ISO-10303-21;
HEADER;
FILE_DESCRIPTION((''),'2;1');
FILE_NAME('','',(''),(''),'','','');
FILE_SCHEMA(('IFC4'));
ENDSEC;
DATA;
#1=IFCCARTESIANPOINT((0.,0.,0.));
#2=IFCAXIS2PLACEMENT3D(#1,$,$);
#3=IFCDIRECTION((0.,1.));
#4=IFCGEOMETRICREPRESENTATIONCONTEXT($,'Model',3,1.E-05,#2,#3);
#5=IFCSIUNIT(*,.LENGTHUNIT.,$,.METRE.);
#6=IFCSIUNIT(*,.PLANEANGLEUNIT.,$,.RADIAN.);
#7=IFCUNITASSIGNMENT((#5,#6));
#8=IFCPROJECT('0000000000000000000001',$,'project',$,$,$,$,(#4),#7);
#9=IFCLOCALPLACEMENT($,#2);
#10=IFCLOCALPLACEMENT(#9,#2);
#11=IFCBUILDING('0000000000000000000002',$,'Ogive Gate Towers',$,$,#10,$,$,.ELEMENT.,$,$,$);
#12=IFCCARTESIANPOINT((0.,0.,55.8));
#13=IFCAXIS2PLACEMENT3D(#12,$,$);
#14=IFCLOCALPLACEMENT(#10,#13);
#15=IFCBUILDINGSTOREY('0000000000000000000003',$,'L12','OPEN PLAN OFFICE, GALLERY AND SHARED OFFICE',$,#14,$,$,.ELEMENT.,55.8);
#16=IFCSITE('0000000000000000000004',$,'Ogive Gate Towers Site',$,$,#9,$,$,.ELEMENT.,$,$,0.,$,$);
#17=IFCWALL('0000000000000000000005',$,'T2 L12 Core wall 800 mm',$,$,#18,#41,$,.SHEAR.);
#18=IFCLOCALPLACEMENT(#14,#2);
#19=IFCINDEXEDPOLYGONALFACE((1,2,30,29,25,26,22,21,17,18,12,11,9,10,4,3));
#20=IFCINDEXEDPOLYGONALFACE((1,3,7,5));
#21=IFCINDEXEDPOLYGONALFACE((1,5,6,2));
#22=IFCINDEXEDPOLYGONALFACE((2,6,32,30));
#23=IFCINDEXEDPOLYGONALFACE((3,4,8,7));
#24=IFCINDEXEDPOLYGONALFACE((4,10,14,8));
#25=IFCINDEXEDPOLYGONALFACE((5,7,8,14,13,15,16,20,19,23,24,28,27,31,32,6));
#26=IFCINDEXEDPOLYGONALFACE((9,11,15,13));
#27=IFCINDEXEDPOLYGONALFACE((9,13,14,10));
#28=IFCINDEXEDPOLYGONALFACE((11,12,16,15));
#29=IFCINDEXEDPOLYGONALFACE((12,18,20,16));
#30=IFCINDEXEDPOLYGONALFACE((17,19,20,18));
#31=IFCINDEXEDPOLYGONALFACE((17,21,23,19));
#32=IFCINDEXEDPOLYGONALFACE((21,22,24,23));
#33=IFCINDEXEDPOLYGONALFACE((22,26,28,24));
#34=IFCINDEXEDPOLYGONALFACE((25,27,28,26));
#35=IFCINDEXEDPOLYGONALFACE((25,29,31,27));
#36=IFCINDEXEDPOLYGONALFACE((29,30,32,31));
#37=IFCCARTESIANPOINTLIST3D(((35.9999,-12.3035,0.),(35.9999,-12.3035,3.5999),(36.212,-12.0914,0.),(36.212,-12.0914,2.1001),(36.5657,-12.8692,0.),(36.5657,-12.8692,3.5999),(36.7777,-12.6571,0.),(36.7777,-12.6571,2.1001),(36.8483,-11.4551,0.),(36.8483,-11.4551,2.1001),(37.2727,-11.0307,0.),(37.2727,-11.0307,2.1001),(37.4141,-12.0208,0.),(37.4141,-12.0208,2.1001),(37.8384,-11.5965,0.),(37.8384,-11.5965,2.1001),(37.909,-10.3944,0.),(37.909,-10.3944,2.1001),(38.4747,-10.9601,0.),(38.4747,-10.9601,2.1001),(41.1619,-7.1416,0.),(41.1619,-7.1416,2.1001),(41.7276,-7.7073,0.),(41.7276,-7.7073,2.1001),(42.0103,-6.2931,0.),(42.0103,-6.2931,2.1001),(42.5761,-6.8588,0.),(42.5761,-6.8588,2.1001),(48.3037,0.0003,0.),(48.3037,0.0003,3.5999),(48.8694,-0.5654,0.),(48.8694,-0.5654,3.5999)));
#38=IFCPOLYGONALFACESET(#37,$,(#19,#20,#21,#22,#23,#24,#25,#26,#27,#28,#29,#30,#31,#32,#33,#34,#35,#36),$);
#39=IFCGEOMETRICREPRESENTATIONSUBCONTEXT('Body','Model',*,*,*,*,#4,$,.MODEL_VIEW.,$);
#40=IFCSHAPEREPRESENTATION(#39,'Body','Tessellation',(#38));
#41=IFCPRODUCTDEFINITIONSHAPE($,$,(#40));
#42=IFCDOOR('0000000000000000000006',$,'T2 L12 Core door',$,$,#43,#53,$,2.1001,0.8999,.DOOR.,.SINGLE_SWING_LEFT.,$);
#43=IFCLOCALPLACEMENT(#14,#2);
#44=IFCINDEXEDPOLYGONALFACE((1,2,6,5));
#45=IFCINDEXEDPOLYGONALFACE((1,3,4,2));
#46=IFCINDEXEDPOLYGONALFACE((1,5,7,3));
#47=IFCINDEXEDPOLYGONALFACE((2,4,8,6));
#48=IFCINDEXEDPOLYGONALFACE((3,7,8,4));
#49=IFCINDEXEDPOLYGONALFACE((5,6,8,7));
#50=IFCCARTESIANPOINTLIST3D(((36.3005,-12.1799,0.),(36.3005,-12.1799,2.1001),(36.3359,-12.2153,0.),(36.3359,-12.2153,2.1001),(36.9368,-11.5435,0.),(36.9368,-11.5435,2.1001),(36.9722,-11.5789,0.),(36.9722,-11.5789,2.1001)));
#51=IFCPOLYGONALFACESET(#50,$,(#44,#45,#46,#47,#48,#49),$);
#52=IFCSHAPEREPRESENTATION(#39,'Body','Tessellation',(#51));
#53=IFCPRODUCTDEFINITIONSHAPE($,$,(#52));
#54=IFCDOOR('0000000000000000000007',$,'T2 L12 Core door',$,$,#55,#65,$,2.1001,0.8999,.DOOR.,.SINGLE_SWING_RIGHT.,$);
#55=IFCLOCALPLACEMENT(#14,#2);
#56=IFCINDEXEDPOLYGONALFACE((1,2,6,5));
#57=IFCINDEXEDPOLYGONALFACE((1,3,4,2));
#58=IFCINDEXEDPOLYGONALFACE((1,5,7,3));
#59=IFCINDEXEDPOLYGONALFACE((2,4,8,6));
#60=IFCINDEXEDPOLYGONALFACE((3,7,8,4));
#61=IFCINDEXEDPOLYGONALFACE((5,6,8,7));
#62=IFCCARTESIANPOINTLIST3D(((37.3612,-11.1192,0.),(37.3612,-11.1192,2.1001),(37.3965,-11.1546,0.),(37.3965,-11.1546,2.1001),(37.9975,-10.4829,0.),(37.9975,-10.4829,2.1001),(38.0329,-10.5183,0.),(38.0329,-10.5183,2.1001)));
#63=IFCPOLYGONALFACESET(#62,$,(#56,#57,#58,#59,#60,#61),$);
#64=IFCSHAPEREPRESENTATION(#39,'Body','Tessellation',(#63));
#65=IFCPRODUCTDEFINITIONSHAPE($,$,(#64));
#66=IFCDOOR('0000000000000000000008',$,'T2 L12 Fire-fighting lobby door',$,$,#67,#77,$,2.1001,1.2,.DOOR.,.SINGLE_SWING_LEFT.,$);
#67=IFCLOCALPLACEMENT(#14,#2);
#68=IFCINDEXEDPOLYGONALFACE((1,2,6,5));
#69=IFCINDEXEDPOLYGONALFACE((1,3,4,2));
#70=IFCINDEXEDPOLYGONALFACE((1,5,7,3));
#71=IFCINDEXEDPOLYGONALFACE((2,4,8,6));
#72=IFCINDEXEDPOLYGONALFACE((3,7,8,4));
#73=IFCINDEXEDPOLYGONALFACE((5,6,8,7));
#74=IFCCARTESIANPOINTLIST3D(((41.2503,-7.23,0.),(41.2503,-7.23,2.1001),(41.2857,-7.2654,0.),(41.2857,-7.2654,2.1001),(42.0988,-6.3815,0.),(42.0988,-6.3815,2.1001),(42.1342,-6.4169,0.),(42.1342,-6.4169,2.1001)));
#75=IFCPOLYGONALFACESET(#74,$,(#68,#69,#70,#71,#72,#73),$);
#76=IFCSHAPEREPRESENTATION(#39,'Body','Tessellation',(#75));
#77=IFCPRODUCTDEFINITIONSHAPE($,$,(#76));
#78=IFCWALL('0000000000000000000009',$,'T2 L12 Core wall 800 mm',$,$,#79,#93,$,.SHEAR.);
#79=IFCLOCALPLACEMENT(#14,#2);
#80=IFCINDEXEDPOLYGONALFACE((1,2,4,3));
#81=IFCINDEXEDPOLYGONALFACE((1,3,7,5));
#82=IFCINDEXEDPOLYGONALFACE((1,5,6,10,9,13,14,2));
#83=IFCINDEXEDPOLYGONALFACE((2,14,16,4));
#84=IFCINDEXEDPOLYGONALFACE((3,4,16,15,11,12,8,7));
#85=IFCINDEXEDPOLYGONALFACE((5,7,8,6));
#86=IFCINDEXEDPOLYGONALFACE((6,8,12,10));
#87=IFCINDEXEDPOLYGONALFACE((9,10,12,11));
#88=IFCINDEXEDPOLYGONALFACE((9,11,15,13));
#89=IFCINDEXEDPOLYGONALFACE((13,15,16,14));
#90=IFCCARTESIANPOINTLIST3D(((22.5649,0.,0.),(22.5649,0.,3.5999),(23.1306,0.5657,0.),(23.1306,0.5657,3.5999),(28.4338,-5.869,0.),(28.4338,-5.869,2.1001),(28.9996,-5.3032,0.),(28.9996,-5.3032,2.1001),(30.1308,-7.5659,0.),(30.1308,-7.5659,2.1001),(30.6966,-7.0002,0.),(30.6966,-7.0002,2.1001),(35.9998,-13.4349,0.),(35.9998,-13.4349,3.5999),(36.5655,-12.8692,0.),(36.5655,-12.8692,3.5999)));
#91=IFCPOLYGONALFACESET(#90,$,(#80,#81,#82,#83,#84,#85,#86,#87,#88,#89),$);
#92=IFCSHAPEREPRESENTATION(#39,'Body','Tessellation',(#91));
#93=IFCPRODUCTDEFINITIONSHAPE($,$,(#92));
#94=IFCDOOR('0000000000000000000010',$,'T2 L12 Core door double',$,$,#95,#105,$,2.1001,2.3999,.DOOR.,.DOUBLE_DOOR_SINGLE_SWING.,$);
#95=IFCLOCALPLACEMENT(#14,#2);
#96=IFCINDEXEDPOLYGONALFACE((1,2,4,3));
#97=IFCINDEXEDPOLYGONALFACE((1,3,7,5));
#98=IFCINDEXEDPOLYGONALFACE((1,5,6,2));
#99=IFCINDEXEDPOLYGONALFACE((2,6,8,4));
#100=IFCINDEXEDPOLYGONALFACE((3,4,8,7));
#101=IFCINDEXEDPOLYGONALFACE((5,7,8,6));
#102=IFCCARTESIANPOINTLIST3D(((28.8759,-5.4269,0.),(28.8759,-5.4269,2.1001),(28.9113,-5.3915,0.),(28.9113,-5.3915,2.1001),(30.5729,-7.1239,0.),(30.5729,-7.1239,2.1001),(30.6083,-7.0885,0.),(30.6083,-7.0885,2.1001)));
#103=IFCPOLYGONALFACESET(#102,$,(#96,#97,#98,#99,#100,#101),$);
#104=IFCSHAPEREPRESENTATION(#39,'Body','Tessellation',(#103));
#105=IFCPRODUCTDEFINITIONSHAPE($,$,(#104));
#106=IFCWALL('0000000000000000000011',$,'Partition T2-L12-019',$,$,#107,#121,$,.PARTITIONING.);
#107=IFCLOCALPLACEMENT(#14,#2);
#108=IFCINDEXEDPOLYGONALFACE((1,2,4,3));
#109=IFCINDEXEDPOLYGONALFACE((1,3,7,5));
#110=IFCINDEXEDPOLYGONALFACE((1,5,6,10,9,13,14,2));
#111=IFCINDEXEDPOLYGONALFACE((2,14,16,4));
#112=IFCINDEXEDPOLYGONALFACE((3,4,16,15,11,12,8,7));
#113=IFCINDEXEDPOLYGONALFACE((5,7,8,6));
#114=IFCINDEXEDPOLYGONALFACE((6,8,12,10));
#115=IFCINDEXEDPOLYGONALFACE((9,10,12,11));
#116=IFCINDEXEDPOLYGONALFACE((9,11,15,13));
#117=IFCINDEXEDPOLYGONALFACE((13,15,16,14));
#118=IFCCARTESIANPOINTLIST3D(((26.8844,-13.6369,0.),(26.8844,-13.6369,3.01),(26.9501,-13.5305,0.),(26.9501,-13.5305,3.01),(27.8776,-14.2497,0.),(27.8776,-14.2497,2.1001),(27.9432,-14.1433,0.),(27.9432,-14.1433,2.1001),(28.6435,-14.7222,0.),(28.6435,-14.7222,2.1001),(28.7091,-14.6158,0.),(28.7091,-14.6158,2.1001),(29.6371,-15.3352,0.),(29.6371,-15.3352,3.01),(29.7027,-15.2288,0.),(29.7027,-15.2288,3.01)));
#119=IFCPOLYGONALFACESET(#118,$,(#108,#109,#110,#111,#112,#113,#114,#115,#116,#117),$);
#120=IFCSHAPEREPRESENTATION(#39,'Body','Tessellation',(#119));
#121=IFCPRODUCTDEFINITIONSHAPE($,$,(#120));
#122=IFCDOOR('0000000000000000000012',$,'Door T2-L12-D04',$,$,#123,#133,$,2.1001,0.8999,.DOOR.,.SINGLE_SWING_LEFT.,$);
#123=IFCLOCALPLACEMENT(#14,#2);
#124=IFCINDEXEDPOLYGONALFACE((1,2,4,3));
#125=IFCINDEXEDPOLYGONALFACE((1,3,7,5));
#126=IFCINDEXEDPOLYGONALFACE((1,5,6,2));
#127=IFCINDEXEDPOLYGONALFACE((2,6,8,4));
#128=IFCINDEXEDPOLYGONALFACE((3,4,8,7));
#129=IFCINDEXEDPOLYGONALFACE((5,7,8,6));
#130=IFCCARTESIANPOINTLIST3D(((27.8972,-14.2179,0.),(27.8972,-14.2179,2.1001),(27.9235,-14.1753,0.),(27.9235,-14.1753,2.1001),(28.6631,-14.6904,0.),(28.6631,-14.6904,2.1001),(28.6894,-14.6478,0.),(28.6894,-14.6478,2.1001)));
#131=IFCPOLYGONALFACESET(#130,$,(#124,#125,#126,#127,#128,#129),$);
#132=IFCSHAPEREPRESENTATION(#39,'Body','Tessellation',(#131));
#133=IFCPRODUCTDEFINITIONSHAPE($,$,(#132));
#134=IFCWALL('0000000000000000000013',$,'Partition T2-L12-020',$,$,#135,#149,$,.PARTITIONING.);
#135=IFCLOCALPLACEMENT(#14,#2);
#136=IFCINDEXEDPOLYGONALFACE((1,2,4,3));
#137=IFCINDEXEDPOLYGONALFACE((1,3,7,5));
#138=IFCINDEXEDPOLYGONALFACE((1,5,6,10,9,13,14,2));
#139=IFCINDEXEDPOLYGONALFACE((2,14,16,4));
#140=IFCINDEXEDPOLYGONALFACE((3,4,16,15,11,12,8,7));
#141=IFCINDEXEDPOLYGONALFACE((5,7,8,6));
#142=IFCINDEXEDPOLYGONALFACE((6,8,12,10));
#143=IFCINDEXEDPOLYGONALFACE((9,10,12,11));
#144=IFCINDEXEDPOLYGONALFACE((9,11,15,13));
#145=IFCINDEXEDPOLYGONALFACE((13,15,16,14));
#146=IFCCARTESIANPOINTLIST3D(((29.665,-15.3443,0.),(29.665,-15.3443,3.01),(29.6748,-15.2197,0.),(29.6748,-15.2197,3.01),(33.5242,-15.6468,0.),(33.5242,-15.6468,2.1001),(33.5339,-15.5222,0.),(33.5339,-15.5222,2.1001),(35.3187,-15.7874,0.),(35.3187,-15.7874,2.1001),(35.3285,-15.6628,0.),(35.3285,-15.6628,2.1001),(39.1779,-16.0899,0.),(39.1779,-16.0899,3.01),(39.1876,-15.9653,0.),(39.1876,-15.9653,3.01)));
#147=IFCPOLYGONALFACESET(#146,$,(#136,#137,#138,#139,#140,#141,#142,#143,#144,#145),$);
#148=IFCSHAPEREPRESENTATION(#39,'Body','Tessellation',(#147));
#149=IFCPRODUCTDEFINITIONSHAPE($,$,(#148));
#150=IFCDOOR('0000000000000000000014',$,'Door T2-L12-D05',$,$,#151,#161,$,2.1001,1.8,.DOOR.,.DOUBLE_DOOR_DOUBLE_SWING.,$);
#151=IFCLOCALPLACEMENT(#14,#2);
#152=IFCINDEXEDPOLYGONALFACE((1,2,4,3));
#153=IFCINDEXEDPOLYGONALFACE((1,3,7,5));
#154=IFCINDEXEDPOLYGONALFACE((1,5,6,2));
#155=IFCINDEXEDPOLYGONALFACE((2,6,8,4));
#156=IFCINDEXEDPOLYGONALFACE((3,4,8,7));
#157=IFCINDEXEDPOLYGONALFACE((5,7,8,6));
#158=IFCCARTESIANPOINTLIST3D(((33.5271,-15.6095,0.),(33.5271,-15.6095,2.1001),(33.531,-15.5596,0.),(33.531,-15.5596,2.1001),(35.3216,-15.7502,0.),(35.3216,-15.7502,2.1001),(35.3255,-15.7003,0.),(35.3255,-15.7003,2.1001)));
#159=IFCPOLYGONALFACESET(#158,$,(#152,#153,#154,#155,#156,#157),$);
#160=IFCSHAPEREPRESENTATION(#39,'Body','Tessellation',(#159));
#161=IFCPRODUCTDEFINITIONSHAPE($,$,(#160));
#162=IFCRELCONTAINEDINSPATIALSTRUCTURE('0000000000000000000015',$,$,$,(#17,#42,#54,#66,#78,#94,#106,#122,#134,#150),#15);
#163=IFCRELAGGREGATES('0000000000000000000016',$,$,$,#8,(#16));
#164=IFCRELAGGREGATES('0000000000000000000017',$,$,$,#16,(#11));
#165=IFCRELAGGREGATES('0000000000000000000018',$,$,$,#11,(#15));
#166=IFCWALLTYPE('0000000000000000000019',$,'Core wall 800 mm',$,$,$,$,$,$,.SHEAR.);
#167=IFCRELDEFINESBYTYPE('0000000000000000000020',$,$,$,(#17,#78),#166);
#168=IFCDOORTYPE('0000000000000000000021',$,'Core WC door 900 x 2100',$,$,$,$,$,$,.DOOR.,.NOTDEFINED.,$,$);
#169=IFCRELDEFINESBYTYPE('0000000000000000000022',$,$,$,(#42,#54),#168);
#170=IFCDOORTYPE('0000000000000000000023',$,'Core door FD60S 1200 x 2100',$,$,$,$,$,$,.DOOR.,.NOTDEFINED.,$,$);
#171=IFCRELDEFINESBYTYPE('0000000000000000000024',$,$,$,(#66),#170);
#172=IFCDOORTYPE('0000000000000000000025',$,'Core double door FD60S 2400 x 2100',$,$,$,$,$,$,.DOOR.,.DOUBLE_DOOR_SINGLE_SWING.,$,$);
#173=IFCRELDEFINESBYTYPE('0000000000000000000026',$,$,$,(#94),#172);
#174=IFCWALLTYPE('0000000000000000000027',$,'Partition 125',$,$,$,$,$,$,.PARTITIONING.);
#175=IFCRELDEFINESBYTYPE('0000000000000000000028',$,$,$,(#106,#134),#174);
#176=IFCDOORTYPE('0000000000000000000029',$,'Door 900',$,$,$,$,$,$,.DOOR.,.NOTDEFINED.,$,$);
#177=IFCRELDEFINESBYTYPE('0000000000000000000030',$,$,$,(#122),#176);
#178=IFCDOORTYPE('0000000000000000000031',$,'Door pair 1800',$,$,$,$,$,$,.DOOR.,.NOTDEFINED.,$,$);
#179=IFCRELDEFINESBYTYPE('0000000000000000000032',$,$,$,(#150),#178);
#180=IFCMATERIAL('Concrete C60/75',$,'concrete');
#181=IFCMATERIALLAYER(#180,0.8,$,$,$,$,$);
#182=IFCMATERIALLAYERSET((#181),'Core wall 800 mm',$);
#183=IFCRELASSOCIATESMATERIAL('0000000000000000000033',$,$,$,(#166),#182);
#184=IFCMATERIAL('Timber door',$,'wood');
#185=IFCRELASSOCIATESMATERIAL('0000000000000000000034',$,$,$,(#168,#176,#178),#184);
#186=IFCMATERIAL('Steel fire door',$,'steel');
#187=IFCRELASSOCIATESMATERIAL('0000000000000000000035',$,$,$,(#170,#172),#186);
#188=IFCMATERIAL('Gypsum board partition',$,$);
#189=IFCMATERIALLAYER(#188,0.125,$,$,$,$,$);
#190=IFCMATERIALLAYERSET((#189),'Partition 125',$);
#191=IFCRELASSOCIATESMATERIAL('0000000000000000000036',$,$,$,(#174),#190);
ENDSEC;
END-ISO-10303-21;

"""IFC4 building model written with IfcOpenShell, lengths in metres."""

from ifc_helpers import new_model, si_unit, direction, frame, frame_2d, origin, place, context, subcontext, project, spatial, rectangle, extrude, material, layer, layer_set, type_object, element, fill, save


model = new_model("IFC4")

# Units and contexts
model_context = context("Model", 3, precision=1e-05, world=origin(), true_north=direction((0.0, 1.0)))
body_context = subcontext(model_context, "Body", "Model", "MODEL_VIEW")
ifc_project = project(units=[si_unit("LENGTHUNIT", "METRE"), si_unit("PLANEANGLEUNIT", "RADIAN")], contexts=[model_context])

# Site, building, storey
site_placement = place(None, origin())
site = spatial("IfcSite", under=ifc_project, at=site_placement, Name="Ogive Gate Towers Site", CompositionType="ELEMENT", RefElevation=0.0)
building_placement = place(site_placement, origin())
building = spatial("IfcBuilding", under=site, at=building_placement, Name="Ogive Gate Towers", CompositionType="ELEMENT")
storey_placement = place(building_placement, frame((0.0, 0.0, 55.8)))
storey = spatial("IfcBuildingStorey", under=building, at=storey_placement, Name="L12", Description="OPEN PLAN OFFICE, GALLERY AND SHARED OFFICE", CompositionType="ELEMENT", Elevation=55.8)

# Wall, openings, doors
ifc_material_1 = material(Name="Concrete C60/75", Category="concrete")
ifc_layer_1 = layer(ifc_material_1, 0.8)
ifc_layer_set_1 = layer_set([ifc_layer_1], Name="Core wall 800 mm")
wall_type_1 = type_object("IfcWallType", Name="Core wall 800 mm", PredefinedType="SHEAR", material=ifc_layer_set_1)
wall_1_placement = place(storey_placement, frame((36.2827, -12.5864, 0.0), z_axis=(0.0, 0.0, 1.0), x_axis=(0.707107, 0.707107, 0.0)))
wall_1 = element("IfcWall", 1, at=wall_1_placement, inside=storey, type_object=wall_type_1, Name="T2 L12 Core wall 800 mm", PredefinedType="SHEAR", context=body_context, shape_type="SweptSolid", body=[
    extrude(rectangle(XDim=17.4001, YDim=0.8, at=frame_2d((8.7002, 0.0))), origin(), (0.0, 0.0, 1.0), 3.5999),
])
opening_1_placement = place(wall_1_placement, frame((7.3, 0.0, 0.0)))
opening_1 = element("IfcOpeningElement", 2, at=opening_1_placement, cuts=wall_1, PredefinedType="OPENING", context=body_context, shape_type="SweptSolid", body=[
    extrude(rectangle(XDim=1.2, YDim=2.1001, at=frame_2d((0.6001, 1.05))), frame((0.0, 0.4102, 0.0), z_axis=(0.0, -1.0, 0.0), x_axis=(1.0, 0.0, 0.0)), (0.0, 0.0, 1.0), 0.8201),
])
opening_2_placement = place(wall_1_placement, frame((0.3, 0.0, 0.0)))
opening_2 = element("IfcOpeningElement", 3, at=opening_2_placement, cuts=wall_1, PredefinedType="OPENING", context=body_context, shape_type="SweptSolid", body=[
    extrude(rectangle(XDim=0.8999, YDim=2.1001, at=frame_2d((0.45, 1.05))), frame((0.0, 0.4102, 0.0), z_axis=(0.0, -1.0, 0.0), x_axis=(1.0, 0.0, 0.0)), (0.0, 0.0, 1.0), 0.8201),
])
opening_3_placement = place(wall_1_placement, frame((1.8, 0.0, 0.0)))
opening_3 = element("IfcOpeningElement", 4, at=opening_3_placement, cuts=wall_1, PredefinedType="OPENING", context=body_context, shape_type="SweptSolid", body=[
    extrude(rectangle(XDim=0.8999, YDim=2.1001, at=frame_2d((0.45, 1.05))), frame((0.0, 0.4102, 0.0), z_axis=(0.0, -1.0, 0.0), x_axis=(1.0, 0.0, 0.0)), (0.0, 0.0, 1.0), 0.8201),
])
ifc_material_2 = material(Name="Timber door", Category="wood")
door_type_1 = type_object("IfcDoorType", Name="Core WC door 900 x 2100", OperationType="NOTDEFINED", PredefinedType="DOOR", material=ifc_material_2)
door_1_placement = place(opening_2_placement, origin())
door_1 = element("IfcDoor", 5, at=door_1_placement, inside=storey, type_object=door_type_1, Name="T2 L12 Core door", OperationType="SINGLE_SWING_LEFT", OverallHeight=2.1001, OverallWidth=0.8999, PredefinedType="DOOR", context=body_context, shape_type="SweptSolid", body=[
    extrude(rectangle(XDim=0.8999, YDim=2.1001, at=frame_2d((0.45, 1.05))), frame((0.0, 0.2749, 0.0), z_axis=(0.0, -1.0, 0.0), x_axis=(1.0, 0.0, 0.0)), (0.0, 0.0, 1.0), 0.05),
])
fill(opening_2, door_1)
door_2_placement = place(opening_3_placement, origin())
door_2 = element("IfcDoor", 6, at=door_2_placement, inside=storey, type_object=door_type_1, Name="T2 L12 Core door", OperationType="SINGLE_SWING_RIGHT", OverallHeight=2.1001, OverallWidth=0.8999, PredefinedType="DOOR", context=body_context, shape_type="SweptSolid", body=[
    extrude(rectangle(XDim=0.8999, YDim=2.1001, at=frame_2d((0.45, 1.05))), frame((0.0, 0.2749, 0.0), z_axis=(0.0, -1.0, 0.0), x_axis=(1.0, 0.0, 0.0)), (0.0, 0.0, 1.0), 0.05),
])
fill(opening_3, door_2)
ifc_material_3 = material(Name="Steel fire door", Category="steel")
door_type_2 = type_object("IfcDoorType", Name="Core door FD60S 1200 x 2100", OperationType="NOTDEFINED", PredefinedType="DOOR", material=ifc_material_3)
door_3_placement = place(opening_1_placement, origin())
door_3 = element("IfcDoor", 7, at=door_3_placement, inside=storey, type_object=door_type_2, Name="T2 L12 Fire-fighting lobby door", OperationType="SINGLE_SWING_LEFT", OverallHeight=2.1001, OverallWidth=1.2, PredefinedType="DOOR", context=body_context, shape_type="SweptSolid", body=[
    extrude(rectangle(XDim=1.2, YDim=2.1001, at=frame_2d((0.6001, 1.05))), frame((0.0, 0.2749, 0.0), z_axis=(0.0, -1.0, 0.0), x_axis=(1.0, 0.0, 0.0)), (0.0, 0.0, 1.0), 0.05),
])
fill(opening_1, door_3)

# Walls, openings, doors
wall_2_placement = place(storey_placement, frame((36.2827, -13.1521, 0.0), z_axis=(0.0, 0.0, 1.0), x_axis=(-0.707107, 0.707107, 0.0)))
wall_2 = element("IfcWall", 8, at=wall_2_placement, inside=storey, type_object=wall_type_1, Name="T2 L12 Core wall 800 mm", PredefinedType="SHEAR", context=body_context, shape_type="SweptSolid", body=[
    extrude(rectangle(XDim=18.9998, YDim=0.8, at=frame_2d((9.5, 0.0))), origin(), (0.0, 0.0, 1.0), 3.5999),
])
opening_4_placement = place(wall_2_placement, frame((8.3, 0.0, 0.0)))
opening_4 = element("IfcOpeningElement", 9, at=opening_4_placement, cuts=wall_2, PredefinedType="OPENING", context=body_context, shape_type="SweptSolid", body=[
    extrude(rectangle(XDim=2.3999, YDim=2.1001, at=frame_2d((1.2, 1.05))), frame((0.0, 0.4102, 0.0), z_axis=(0.0, -1.0, 0.0), x_axis=(1.0, 0.0, 0.0)), (0.0, 0.0, 1.0), 0.8201),
])
door_type_3 = type_object("IfcDoorType", Name="Core double door FD60S 2400 x 2100", OperationType="DOUBLE_DOOR_SINGLE_SWING", PredefinedType="DOOR", material=ifc_material_3)
door_4_placement = place(opening_4_placement, origin())
door_4 = element("IfcDoor", 10, at=door_4_placement, inside=storey, type_object=door_type_3, Name="T2 L12 Core door double", OperationType="DOUBLE_DOOR_SINGLE_SWING", OverallHeight=2.1001, OverallWidth=2.3999, PredefinedType="DOOR", context=body_context, shape_type="SweptSolid", body=[
    extrude(rectangle(XDim=2.3999, YDim=2.1001, at=frame_2d((1.2, 1.05))), frame((0.0, -0.2251, 0.0), z_axis=(0.0, -1.0, 0.0), x_axis=(1.0, 0.0, 0.0)), (0.0, 0.0, 1.0), 0.05),
])
fill(opening_4, door_4)
ifc_material_4 = material(Name="Gypsum board partition")
ifc_layer_2 = layer(ifc_material_4, 0.125)
ifc_layer_set_2 = layer_set([ifc_layer_2], Name="Partition 125")
wall_type_2 = type_object("IfcWallType", Name="Partition 125", PredefinedType="PARTITIONING", material=ifc_layer_set_2)
wall_3_placement = place(storey_placement, frame((26.9172, -13.5837, 0.0), z_axis=(0.0, 0.0, 1.0), x_axis=(0.851067, -0.525057, 0.0)))
wall_3 = element("IfcWall", 11, at=wall_3_placement, inside=storey, type_object=wall_type_2, Name="Partition T2-L12-019", PredefinedType="PARTITIONING", context=body_context, shape_type="SweptSolid", body=[
    extrude(rectangle(XDim=3.2344, YDim=0.125, at=frame_2d((1.6172, 0.0))), origin(), (0.0, 0.0, 1.0), 3.01),
])
opening_5_placement = place(wall_3_placement, frame((1.167, 0.0, 0.0)))
opening_5 = element("IfcOpeningElement", 12, at=opening_5_placement, cuts=wall_3, PredefinedType="OPENING", context=body_context, shape_type="SweptSolid", body=[
    extrude(rectangle(XDim=0.8999, YDim=2.1001, at=frame_2d((0.45, 1.05))), frame((0.0, 0.0725, 0.0), z_axis=(0.0, -1.0, 0.0), x_axis=(1.0, 0.0, 0.0)), (0.0, 0.0, 1.0), 0.145),
])
door_type_4 = type_object("IfcDoorType", Name="Door 900", OperationType="NOTDEFINED", PredefinedType="DOOR", material=ifc_material_2)
door_5_placement = place(opening_5_placement, origin())
door_5 = element("IfcDoor", 13, at=door_5_placement, inside=storey, type_object=door_type_4, Name="Door T2-L12-D04", OperationType="SINGLE_SWING_LEFT", OverallHeight=2.1001, OverallWidth=0.8999, PredefinedType="DOOR", context=body_context, shape_type="SweptSolid", body=[
    extrude(rectangle(XDim=0.8999, YDim=2.1001, at=frame_2d((0.45, 1.05))), frame((0.0, 0.0249, 0.0), z_axis=(0.0, -1.0, 0.0), x_axis=(1.0, 0.0, 0.0)), (0.0, 0.0, 1.0), 0.05),
])
fill(opening_5, door_5)
wall_4_placement = place(storey_placement, frame((29.6699, -15.282, 0.0), z_axis=(0.0, 0.0, 1.0), x_axis=(0.996942, -0.07814, 0.0)))
wall_4 = element("IfcWall", 14, at=wall_4_placement, inside=storey, type_object=wall_type_2, Name="Partition T2-L12-020", PredefinedType="PARTITIONING", context=body_context, shape_type="SweptSolid", body=[
    extrude(rectangle(XDim=9.542, YDim=0.125, at=frame_2d((4.771, 0.0))), origin(), (0.0, 0.0, 1.0), 3.01),
])
opening_6_placement = place(wall_4_placement, frame((3.8711, 0.0, 0.0)))
opening_6 = element("IfcOpeningElement", 15, at=opening_6_placement, cuts=wall_4, PredefinedType="OPENING", context=body_context, shape_type="SweptSolid", body=[
    extrude(rectangle(XDim=1.8, YDim=2.1001, at=frame_2d((0.8999, 1.05))), frame((0.0, 0.0725, 0.0), z_axis=(0.0, -1.0, 0.0), x_axis=(1.0, 0.0, 0.0)), (0.0, 0.0, 1.0), 0.145),
])
door_type_5 = type_object("IfcDoorType", Name="Door pair 1800", OperationType="NOTDEFINED", PredefinedType="DOOR", material=ifc_material_2)
door_6_placement = place(opening_6_placement, origin())
door_6 = element("IfcDoor", 16, at=door_6_placement, inside=storey, type_object=door_type_5, Name="Door T2-L12-D05", OperationType="DOUBLE_DOOR_DOUBLE_SWING", OverallHeight=2.1001, OverallWidth=1.8, PredefinedType="DOOR", context=body_context, shape_type="SweptSolid", body=[
    extrude(rectangle(XDim=1.8, YDim=2.1001, at=frame_2d((0.8999, 1.05))), frame((0.0, 0.0249, 0.0), z_axis=(0.0, -1.0, 0.0), x_axis=(1.0, 0.0, 0.0)), (0.0, 0.0, 1.0), 0.05),
])
fill(opening_6, door_6)

save(model, "model.ifc")
